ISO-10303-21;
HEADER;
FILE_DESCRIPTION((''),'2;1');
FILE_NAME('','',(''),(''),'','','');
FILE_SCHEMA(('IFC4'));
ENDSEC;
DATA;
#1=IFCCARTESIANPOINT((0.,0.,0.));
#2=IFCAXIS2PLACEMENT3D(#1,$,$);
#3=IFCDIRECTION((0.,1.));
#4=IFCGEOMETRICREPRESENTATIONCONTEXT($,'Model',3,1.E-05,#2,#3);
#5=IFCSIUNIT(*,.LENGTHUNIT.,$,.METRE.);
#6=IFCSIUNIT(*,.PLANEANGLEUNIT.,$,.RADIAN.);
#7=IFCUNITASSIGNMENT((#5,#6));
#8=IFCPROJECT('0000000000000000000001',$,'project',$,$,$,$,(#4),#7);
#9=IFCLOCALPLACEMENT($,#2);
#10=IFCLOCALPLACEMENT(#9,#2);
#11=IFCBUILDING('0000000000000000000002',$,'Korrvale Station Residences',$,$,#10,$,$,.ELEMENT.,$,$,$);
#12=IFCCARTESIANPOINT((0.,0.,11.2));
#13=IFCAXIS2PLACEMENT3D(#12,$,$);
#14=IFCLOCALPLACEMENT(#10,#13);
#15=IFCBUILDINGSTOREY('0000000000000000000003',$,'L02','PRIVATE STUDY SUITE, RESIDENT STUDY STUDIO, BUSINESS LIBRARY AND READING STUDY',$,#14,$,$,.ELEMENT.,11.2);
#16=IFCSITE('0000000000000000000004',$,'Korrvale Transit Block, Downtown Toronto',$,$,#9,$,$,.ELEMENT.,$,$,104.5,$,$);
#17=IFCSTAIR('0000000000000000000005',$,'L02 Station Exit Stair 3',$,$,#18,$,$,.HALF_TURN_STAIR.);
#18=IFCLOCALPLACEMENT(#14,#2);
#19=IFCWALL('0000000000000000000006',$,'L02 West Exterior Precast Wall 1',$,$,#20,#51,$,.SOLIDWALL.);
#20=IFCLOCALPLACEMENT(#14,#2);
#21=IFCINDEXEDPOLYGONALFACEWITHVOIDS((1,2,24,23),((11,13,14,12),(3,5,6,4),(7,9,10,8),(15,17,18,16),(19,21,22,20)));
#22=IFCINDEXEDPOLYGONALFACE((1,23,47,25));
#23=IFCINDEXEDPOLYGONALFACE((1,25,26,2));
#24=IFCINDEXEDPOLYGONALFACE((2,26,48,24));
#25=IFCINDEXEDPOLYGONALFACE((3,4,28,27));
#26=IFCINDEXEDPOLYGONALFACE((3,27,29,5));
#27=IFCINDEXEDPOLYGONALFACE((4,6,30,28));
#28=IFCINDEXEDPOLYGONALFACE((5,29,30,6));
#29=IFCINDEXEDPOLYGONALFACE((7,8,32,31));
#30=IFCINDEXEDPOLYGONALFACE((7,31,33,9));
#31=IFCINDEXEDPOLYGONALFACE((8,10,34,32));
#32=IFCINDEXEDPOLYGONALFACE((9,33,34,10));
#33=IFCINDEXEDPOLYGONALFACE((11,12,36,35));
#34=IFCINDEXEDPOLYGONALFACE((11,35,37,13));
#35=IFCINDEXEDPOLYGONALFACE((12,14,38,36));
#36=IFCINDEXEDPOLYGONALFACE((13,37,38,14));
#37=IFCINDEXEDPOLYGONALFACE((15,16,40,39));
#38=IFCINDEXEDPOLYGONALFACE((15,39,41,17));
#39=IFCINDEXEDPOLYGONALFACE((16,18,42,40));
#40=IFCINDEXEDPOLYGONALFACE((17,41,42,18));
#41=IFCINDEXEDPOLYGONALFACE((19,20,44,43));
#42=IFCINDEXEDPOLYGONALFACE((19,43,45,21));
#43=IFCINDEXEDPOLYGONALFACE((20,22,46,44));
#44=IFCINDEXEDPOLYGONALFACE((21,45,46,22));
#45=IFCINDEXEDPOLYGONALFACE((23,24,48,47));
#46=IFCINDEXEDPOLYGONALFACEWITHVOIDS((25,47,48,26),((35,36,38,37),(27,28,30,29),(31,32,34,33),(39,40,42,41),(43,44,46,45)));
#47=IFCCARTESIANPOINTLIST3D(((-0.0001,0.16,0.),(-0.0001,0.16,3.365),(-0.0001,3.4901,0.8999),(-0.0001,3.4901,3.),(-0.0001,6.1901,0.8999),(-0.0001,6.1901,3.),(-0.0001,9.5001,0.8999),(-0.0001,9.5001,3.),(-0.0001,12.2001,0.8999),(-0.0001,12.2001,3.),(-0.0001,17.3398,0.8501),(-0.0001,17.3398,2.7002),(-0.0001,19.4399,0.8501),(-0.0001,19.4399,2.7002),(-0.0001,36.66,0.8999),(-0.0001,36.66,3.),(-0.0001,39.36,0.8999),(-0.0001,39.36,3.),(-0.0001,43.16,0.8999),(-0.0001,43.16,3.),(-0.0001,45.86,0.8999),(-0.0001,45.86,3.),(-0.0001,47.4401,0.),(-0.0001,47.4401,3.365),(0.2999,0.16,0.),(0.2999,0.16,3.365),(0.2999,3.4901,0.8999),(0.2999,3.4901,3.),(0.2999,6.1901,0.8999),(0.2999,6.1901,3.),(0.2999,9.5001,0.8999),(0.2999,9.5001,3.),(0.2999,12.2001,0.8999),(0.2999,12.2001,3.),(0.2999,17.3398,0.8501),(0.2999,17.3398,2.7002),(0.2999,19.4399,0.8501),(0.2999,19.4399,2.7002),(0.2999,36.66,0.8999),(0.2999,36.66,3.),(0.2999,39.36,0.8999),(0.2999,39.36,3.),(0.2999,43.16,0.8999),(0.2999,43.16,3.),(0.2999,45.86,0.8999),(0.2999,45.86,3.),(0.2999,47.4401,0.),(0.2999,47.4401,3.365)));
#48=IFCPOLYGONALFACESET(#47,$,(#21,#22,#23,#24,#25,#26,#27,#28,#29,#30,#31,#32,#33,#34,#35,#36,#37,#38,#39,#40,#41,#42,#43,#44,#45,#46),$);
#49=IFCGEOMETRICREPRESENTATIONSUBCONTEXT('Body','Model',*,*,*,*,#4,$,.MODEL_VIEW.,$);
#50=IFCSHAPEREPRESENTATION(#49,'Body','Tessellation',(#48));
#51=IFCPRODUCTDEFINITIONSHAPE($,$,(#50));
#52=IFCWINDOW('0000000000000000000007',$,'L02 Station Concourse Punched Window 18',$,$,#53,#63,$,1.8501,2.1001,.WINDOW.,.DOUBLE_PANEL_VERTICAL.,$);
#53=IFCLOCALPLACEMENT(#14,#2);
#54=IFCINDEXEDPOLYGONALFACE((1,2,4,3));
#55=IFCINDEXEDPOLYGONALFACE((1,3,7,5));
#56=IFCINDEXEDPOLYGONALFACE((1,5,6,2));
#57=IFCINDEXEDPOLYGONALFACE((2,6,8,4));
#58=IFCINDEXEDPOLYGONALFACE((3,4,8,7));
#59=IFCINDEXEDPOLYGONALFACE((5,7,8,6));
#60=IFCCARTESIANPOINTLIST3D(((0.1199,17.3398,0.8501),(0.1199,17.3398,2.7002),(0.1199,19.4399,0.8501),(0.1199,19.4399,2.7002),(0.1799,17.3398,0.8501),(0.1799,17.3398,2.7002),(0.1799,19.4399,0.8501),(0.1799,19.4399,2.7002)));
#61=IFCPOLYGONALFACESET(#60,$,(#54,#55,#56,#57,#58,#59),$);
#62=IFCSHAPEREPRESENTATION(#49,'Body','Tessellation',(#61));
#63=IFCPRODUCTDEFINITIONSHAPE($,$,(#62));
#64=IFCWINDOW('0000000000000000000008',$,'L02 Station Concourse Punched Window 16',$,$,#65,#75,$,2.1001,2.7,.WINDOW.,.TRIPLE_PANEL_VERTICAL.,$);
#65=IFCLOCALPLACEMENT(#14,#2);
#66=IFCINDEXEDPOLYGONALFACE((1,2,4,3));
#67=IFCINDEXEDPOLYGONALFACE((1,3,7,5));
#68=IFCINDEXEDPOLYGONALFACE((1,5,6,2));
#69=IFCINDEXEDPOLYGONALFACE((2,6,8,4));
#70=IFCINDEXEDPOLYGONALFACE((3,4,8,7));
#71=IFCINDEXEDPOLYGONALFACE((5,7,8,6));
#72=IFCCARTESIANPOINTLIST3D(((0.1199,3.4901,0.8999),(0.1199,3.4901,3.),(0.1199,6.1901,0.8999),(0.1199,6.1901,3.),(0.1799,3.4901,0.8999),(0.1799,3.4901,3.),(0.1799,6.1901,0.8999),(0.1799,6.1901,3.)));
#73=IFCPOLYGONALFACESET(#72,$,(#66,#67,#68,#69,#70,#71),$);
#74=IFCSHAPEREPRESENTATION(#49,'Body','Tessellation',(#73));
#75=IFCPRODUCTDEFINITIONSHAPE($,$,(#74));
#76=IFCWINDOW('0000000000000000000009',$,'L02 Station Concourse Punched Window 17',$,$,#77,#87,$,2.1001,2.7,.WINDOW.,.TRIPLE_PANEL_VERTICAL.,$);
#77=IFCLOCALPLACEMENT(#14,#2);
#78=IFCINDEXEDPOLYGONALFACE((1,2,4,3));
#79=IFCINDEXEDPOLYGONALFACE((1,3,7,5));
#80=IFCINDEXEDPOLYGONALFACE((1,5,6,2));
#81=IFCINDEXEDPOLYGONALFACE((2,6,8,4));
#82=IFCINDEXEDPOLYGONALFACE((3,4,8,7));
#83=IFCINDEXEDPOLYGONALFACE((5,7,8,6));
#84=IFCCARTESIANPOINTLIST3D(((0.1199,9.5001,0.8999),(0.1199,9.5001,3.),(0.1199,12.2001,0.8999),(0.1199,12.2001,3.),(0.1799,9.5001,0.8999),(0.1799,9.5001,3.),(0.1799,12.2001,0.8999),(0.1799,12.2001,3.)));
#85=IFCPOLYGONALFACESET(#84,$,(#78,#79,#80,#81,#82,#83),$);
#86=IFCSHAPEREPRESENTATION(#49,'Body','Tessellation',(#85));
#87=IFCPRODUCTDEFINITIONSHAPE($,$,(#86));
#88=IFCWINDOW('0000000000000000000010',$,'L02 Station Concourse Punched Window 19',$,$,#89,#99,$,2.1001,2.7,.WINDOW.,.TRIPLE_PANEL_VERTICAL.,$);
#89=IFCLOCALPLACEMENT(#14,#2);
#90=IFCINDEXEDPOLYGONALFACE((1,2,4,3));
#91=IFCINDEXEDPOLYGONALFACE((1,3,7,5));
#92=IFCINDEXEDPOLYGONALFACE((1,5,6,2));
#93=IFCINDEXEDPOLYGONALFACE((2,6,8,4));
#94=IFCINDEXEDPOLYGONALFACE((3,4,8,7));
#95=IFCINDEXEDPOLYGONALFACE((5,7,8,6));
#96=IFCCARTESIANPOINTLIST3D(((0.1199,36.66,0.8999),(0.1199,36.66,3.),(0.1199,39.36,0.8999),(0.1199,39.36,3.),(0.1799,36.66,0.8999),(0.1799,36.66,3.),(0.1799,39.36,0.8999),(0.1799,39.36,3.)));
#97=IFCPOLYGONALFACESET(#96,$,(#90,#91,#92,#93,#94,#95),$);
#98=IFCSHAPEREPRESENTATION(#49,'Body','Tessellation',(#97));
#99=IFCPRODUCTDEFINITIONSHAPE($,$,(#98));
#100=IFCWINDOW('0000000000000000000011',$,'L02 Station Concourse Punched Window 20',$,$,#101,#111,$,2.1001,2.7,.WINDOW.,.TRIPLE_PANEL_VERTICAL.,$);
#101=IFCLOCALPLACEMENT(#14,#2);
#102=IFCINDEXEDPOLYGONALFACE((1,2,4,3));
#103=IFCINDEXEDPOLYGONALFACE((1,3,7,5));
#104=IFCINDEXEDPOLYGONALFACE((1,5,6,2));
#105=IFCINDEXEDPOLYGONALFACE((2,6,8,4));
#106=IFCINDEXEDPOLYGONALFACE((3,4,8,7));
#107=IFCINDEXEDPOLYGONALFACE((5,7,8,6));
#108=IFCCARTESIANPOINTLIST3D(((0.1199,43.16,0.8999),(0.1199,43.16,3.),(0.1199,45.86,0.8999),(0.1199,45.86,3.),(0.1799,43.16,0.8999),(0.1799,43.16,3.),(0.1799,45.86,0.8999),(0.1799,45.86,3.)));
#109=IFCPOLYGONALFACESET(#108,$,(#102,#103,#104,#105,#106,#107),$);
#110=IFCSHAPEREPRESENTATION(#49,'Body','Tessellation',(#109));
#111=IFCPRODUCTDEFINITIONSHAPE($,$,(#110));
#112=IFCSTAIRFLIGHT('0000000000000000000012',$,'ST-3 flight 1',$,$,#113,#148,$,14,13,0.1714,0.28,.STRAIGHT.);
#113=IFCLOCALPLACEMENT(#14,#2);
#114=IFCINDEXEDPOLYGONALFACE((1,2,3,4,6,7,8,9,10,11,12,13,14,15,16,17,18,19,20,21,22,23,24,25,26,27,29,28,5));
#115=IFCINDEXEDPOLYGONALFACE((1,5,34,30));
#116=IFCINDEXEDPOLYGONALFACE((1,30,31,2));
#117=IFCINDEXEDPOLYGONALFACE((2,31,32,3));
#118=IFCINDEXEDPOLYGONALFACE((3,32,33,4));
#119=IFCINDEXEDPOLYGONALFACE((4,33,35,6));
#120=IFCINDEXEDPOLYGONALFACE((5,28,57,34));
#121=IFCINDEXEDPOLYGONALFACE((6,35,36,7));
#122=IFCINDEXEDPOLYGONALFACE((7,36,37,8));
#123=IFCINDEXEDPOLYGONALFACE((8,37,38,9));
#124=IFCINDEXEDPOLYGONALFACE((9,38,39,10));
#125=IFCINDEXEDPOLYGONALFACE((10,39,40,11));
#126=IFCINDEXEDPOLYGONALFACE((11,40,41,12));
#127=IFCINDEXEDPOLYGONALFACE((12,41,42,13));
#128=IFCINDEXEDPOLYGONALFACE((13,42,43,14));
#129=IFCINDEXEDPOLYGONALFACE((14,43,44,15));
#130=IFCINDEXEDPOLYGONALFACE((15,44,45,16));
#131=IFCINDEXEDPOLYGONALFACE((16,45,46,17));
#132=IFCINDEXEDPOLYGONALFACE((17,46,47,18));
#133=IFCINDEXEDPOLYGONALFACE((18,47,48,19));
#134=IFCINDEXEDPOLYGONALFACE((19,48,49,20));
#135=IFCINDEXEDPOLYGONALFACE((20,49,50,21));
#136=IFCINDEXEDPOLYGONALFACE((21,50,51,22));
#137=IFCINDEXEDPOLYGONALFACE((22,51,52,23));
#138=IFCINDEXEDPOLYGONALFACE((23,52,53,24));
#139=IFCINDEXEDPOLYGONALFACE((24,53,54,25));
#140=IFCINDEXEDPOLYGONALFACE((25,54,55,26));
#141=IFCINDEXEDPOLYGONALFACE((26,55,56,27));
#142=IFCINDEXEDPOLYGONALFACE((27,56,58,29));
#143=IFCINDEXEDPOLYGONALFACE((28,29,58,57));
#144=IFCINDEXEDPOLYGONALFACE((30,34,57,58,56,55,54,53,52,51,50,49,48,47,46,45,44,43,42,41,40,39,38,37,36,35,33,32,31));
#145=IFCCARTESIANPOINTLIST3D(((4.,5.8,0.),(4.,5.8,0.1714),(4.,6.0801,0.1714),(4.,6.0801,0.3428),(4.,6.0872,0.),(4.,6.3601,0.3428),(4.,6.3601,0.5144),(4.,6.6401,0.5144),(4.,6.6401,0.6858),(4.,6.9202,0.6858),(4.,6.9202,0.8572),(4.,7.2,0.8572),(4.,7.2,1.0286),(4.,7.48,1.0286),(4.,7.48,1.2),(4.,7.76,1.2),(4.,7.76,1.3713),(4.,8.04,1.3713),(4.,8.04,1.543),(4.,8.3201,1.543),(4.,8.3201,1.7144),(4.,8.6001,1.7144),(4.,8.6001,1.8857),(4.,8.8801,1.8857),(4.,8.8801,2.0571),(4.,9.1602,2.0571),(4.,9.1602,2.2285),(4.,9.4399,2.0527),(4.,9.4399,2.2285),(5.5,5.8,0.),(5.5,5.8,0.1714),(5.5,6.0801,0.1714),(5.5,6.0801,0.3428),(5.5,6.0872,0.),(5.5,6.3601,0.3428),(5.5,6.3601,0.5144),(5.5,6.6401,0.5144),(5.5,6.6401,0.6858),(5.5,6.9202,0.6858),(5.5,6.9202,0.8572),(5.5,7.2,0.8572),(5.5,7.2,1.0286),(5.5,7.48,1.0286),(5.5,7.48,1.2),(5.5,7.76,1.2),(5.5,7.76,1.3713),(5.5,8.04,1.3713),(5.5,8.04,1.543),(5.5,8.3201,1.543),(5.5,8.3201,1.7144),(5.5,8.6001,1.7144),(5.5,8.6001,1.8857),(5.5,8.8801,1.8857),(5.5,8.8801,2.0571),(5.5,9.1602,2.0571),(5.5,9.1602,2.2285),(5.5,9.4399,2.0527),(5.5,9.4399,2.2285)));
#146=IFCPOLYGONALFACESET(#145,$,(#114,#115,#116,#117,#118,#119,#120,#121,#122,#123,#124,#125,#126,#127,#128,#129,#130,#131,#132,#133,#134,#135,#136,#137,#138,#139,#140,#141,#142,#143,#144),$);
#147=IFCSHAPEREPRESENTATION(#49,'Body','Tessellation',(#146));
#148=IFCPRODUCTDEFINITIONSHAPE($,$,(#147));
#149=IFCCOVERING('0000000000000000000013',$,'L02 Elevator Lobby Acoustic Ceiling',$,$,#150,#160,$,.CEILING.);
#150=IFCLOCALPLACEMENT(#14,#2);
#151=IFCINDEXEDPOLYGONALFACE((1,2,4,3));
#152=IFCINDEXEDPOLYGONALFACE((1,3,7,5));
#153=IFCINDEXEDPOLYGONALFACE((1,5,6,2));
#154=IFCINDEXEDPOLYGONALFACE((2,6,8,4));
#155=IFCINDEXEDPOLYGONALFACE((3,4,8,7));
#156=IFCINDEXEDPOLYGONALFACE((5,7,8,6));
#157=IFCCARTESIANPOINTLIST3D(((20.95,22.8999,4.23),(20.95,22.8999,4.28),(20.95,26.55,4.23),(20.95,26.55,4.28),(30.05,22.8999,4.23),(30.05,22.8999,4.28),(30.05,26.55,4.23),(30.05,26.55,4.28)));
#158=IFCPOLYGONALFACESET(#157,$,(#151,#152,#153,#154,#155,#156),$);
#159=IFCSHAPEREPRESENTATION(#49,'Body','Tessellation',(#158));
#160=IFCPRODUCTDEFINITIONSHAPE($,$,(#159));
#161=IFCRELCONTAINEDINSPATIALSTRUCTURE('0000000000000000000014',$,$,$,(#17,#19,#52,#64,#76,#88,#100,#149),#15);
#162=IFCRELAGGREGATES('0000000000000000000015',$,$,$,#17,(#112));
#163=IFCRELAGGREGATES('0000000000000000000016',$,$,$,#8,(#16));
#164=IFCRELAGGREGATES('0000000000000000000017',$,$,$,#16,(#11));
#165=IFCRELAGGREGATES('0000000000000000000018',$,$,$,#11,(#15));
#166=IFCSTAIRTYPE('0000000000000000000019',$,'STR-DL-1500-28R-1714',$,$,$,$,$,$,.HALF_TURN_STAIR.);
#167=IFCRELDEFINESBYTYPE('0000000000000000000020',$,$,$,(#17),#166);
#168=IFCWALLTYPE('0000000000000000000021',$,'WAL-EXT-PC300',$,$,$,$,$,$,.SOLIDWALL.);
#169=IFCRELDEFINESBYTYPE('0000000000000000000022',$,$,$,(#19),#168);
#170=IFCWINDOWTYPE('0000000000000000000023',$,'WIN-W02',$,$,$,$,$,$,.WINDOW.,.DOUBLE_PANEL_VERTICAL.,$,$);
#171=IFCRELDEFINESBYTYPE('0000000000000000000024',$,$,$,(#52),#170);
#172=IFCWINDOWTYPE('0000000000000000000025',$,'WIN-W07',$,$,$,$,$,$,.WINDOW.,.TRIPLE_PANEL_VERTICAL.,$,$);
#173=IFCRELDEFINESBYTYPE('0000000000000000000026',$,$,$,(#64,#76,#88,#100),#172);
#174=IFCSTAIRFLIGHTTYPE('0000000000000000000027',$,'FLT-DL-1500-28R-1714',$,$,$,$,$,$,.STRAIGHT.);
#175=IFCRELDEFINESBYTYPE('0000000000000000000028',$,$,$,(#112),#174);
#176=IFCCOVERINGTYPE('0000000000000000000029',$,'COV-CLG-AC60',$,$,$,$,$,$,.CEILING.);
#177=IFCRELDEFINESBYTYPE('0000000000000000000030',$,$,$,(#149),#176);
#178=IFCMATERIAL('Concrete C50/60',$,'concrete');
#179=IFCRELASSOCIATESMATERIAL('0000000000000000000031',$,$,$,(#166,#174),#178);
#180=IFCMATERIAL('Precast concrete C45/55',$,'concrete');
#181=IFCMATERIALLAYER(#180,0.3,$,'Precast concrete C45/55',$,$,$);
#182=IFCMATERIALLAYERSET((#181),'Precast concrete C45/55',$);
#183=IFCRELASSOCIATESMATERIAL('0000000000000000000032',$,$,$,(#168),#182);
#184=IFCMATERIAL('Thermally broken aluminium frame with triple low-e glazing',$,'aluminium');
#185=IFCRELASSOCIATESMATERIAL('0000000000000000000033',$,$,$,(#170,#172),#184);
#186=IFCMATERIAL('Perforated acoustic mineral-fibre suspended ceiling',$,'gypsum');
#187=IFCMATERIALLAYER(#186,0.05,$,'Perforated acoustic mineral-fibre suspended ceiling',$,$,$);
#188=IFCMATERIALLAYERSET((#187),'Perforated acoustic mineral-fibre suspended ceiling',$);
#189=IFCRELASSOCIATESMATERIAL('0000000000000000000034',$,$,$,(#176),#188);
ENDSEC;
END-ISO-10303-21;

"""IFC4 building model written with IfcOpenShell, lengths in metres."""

from ifc_helpers import new_model, si_unit, direction, frame, frame_2d, origin, place, context, subcontext, project, spatial, polyline, rectangle, outline, extrude, material, layer, layer_set, type_object, element, fill, aggregate, save


model = new_model("IFC4")

# Units and contexts
model_context = context("Model", 3, precision=1e-05, world=origin(), true_north=direction((0.0, 1.0)))
body_context = subcontext(model_context, "Body", "Model", "MODEL_VIEW")
ifc_project = project(units=[si_unit("LENGTHUNIT", "METRE"), si_unit("PLANEANGLEUNIT", "RADIAN")], contexts=[model_context])

# Site, building, storey
site_placement = place(None, origin())
site = spatial("IfcSite", under=ifc_project, at=site_placement, Name="Korrvale Transit Block, Downtown Toronto", CompositionType="ELEMENT", RefElevation=104.5)
building_placement = place(site_placement, origin())
building = spatial("IfcBuilding", under=site, at=building_placement, Name="Korrvale Station Residences", CompositionType="ELEMENT")
storey_placement = place(building_placement, frame((0.0, 0.0, 11.2)))
storey = spatial("IfcBuildingStorey", under=building, at=storey_placement, Name="L02", Description="PRIVATE STUDY SUITE, RESIDENT STUDY STUDIO, BUSINESS LIBRARY AND READING STUDY", CompositionType="ELEMENT", Elevation=11.2)

# Shared definitions
ifc_material_1 = material(Name="Concrete C50/60", Category="concrete")

# Stair
stair_type_1 = type_object("IfcStairType", Name="STR-DL-1500-28R-1714", PredefinedType="HALF_TURN_STAIR", material=ifc_material_1)
stair_1_placement = place(storey_placement, origin())
stair_1 = element("IfcStair", 1, at=stair_1_placement, inside=storey, type_object=stair_type_1, Name="L02 Station Exit Stair 3", PredefinedType="HALF_TURN_STAIR")

# Wall, openings, windows
ifc_material_2 = material(Name="Precast concrete C45/55", Category="concrete")
ifc_layer_1 = layer(ifc_material_2, 0.3, Name="Precast concrete C45/55")
ifc_layer_set_1 = layer_set([ifc_layer_1], Name="Precast concrete C45/55")
wall_type_1 = type_object("IfcWallType", Name="WAL-EXT-PC300", PredefinedType="SOLIDWALL", material=ifc_layer_set_1)
wall_1_placement = place(storey_placement, frame((0.1499, 0.1599, 0.0), z_axis=(0.0, 0.0, 1.0), x_axis=(0.0, 1.0, 0.0)))
wall_1 = element("IfcWall", 2, at=wall_1_placement, inside=storey, type_object=wall_type_1, Name="L02 West Exterior Precast Wall 1", PredefinedType="SOLIDWALL", context=body_context, shape_type="SweptSolid", body=[
    extrude(rectangle(XDim=47.28, YDim=0.3, at=frame_2d((23.6401, 0.0))), origin(), (0.0, 0.0, 1.0), 3.365),
])
opening_1_placement = place(wall_1_placement, frame((3.3301, 0.0, 0.8999)))
opening_1 = element("IfcOpeningElement", 3, at=opening_1_placement, cuts=wall_1, PredefinedType="OPENING", context=body_context, shape_type="SweptSolid", body=[
    extrude(rectangle(XDim=2.7, YDim=2.1001, at=frame_2d((1.3501, 1.05))), frame((0.0, 0.1602, 0.0), z_axis=(0.0, -1.0, 0.0), x_axis=(1.0, 0.0, 0.0)), (0.0, 0.0, 1.0), 0.3201),
])
opening_2_placement = place(wall_1_placement, frame((9.3401, 0.0, 0.8999)))
opening_2 = element("IfcOpeningElement", 4, at=opening_2_placement, cuts=wall_1, PredefinedType="OPENING", context=body_context, shape_type="SweptSolid", body=[
    extrude(rectangle(XDim=2.7, YDim=2.1001, at=frame_2d((1.3501, 1.05))), frame((0.0, 0.1602, 0.0), z_axis=(0.0, -1.0, 0.0), x_axis=(1.0, 0.0, 0.0)), (0.0, 0.0, 1.0), 0.3201),
])
opening_3_placement = place(wall_1_placement, frame((17.1799, 0.0, 0.8501)))
opening_3 = element("IfcOpeningElement", 5, at=opening_3_placement, cuts=wall_1, PredefinedType="OPENING", context=body_context, shape_type="SweptSolid", body=[
    extrude(rectangle(XDim=2.1001, YDim=1.8501, at=frame_2d((1.05, 0.925))), frame((0.0, 0.1602, 0.0), z_axis=(0.0, -1.0, 0.0), x_axis=(1.0, 0.0, 0.0)), (0.0, 0.0, 1.0), 0.3201),
])
opening_4_placement = place(wall_1_placement, frame((36.5, 0.0, 0.8999)))
opening_4 = element("IfcOpeningElement", 6, at=opening_4_placement, cuts=wall_1, PredefinedType="OPENING", context=body_context, shape_type="SweptSolid", body=[
    extrude(rectangle(XDim=2.7, YDim=2.1001, at=frame_2d((1.3501, 1.05))), frame((0.0, 0.1602, 0.0), z_axis=(0.0, -1.0, 0.0), x_axis=(1.0, 0.0, 0.0)), (0.0, 0.0, 1.0), 0.3201),
])
opening_5_placement = place(wall_1_placement, frame((43.0, 0.0, 0.8999)))
opening_5 = element("IfcOpeningElement", 7, at=opening_5_placement, cuts=wall_1, PredefinedType="OPENING", context=body_context, shape_type="SweptSolid", body=[
    extrude(rectangle(XDim=2.7, YDim=2.1001, at=frame_2d((1.3501, 1.05))), frame((0.0, 0.1602, 0.0), z_axis=(0.0, -1.0, 0.0), x_axis=(1.0, 0.0, 0.0)), (0.0, 0.0, 1.0), 0.3201),
])
ifc_material_3 = material(Name="Thermally broken aluminium frame with triple low-e glazing", Category="aluminium")
window_type_1 = type_object("IfcWindowType", Name="WIN-W02", PartitioningType="DOUBLE_PANEL_VERTICAL", PredefinedType="WINDOW", material=ifc_material_3)
window_1_placement = place(opening_3_placement, origin())
window_1 = element("IfcWindow", 8, at=window_1_placement, inside=storey, type_object=window_type_1, Name="L02 Station Concourse Punched Window 18", OverallHeight=1.8501, OverallWidth=2.1001, PartitioningType="DOUBLE_PANEL_VERTICAL", PredefinedType="WINDOW", context=body_context, shape_type="SweptSolid", body=[
    extrude(rectangle(XDim=2.1001, YDim=1.8501, at=frame_2d((1.05, 0.925))), frame((0.0, 0.03, 0.0), z_axis=(0.0, -1.0, 0.0), x_axis=(1.0, 0.0, 0.0)), (0.0, 0.0, 1.0), 0.0601),
])
fill(opening_3, window_1)
window_type_2 = type_object("IfcWindowType", Name="WIN-W07", PartitioningType="TRIPLE_PANEL_VERTICAL", PredefinedType="WINDOW", material=ifc_material_3)
window_2_placement = place(opening_1_placement, origin())
window_2 = element("IfcWindow", 9, at=window_2_placement, inside=storey, type_object=window_type_2, Name="L02 Station Concourse Punched Window 16", OverallHeight=2.1001, OverallWidth=2.7, PartitioningType="TRIPLE_PANEL_VERTICAL", PredefinedType="WINDOW", context=body_context, shape_type="SweptSolid", body=[
    extrude(rectangle(XDim=2.7, YDim=2.1001, at=frame_2d((1.3501, 1.05))), frame((0.0, 0.03, 0.0), z_axis=(0.0, -1.0, 0.0), x_axis=(1.0, 0.0, 0.0)), (0.0, 0.0, 1.0), 0.0601),
])
fill(opening_1, window_2)
window_3_placement = place(opening_2_placement, origin())
window_3 = element("IfcWindow", 10, at=window_3_placement, inside=storey, type_object=window_type_2, Name="L02 Station Concourse Punched Window 17", OverallHeight=2.1001, OverallWidth=2.7, PartitioningType="TRIPLE_PANEL_VERTICAL", PredefinedType="WINDOW", context=body_context, shape_type="SweptSolid", body=[
    extrude(rectangle(XDim=2.7, YDim=2.1001, at=frame_2d((1.3501, 1.05))), frame((0.0, 0.03, 0.0), z_axis=(0.0, -1.0, 0.0), x_axis=(1.0, 0.0, 0.0)), (0.0, 0.0, 1.0), 0.0601),
])
fill(opening_2, window_3)
window_4_placement = place(opening_4_placement, origin())
window_4 = element("IfcWindow", 11, at=window_4_placement, inside=storey, type_object=window_type_2, Name="L02 Station Concourse Punched Window 19", OverallHeight=2.1001, OverallWidth=2.7, PartitioningType="TRIPLE_PANEL_VERTICAL", PredefinedType="WINDOW", context=body_context, shape_type="SweptSolid", body=[
    extrude(rectangle(XDim=2.7, YDim=2.1001, at=frame_2d((1.3501, 1.05))), frame((0.0, 0.03, 0.0), z_axis=(0.0, -1.0, 0.0), x_axis=(1.0, 0.0, 0.0)), (0.0, 0.0, 1.0), 0.0601),
])
fill(opening_4, window_4)
window_5_placement = place(opening_5_placement, origin())
window_5 = element("IfcWindow", 12, at=window_5_placement, inside=storey, type_object=window_type_2, Name="L02 Station Concourse Punched Window 20", OverallHeight=2.1001, OverallWidth=2.7, PartitioningType="TRIPLE_PANEL_VERTICAL", PredefinedType="WINDOW", context=body_context, shape_type="SweptSolid", body=[
    extrude(rectangle(XDim=2.7, YDim=2.1001, at=frame_2d((1.3501, 1.05))), frame((0.0, 0.03, 0.0), z_axis=(0.0, -1.0, 0.0), x_axis=(1.0, 0.0, 0.0)), (0.0, 0.0, 1.0), 0.0601),
])
fill(opening_5, window_5)

# Stair flight
stair_flight_type = type_object("IfcStairFlightType", Name="FLT-DL-1500-28R-1714", PredefinedType="STRAIGHT", material=ifc_material_1)
stair_flight_placement = place(storey_placement, frame((4.75, 5.8, 0.0), z_axis=(0.0, 0.0, 1.0), x_axis=(0.0, 1.0, 0.0)))
stair_flight = element("IfcStairFlight", 13, at=stair_flight_placement, type_object=stair_flight_type, Name="ST-3 flight 1", NumberOfRisers=14, NumberOfTreads=13, PredefinedType="STRAIGHT", RiserHeight=0.1714, TreadLength=0.28, context=body_context, shape_type="SweptSolid", body=[
    extrude(outline(polyline([(0.0, 0.0), (0.0, 0.1714), (0.28, 0.1714), (0.28, 0.3428), (0.5601, 0.3428), (0.5601, 0.5144), (0.8401, 0.5144), (0.8401, 0.6858), (1.1201, 0.6858), (1.1201, 0.8572), (1.3999, 0.8572), (1.3999, 1.0286), (1.6799, 1.0286), (1.6799, 1.2), (1.96, 1.2), (1.96, 1.3713), (2.24, 1.3713), (2.24, 1.543), (2.52, 1.543), (2.52, 1.7144), (2.8, 1.7144), (2.8, 1.8857), (3.0801, 1.8857), (3.0801, 2.0571), (3.3601, 2.0571), (3.3601, 2.2285), (3.6399, 2.2285), (3.6399, 2.3999), (3.6399, 2.0527), (0.2871, 0.0), (0.0, 0.0)])), frame((0.0, 0.75, 0.0), z_axis=(0.0, -1.0, 0.0), x_axis=(1.0, 0.0, 0.0)), (0.0, 0.0, 1.0), 1.5),
])
aggregate(stair_1, [stair_flight])

# Covering
ifc_material_4 = material(Name="Perforated acoustic mineral-fibre suspended ceiling", Category="gypsum")
ifc_layer_2 = layer(ifc_material_4, 0.05, Name="Perforated acoustic mineral-fibre suspended ceiling")
ifc_layer_set_2 = layer_set([ifc_layer_2], Name="Perforated acoustic mineral-fibre suspended ceiling")
covering_type_1 = type_object("IfcCoveringType", Name="COV-CLG-AC60", PredefinedType="CEILING", material=ifc_layer_set_2)
covering_1_placement = place(storey_placement, frame((0.0, 0.0, 4.23)))
element("IfcCovering", 14, at=covering_1_placement, inside=storey, type_object=covering_type_1, Name="L02 Elevator Lobby Acoustic Ceiling", PredefinedType="CEILING", context=body_context, shape_type="SweptSolid", body=[
    extrude(outline(polyline([(20.95, 22.8999), (30.05, 22.8999), (30.05, 26.55), (20.95, 26.55), (20.95, 22.8999)])), origin(), (0.0, 0.0, 1.0), 0.05),
])

save(model, "model.ifc")
